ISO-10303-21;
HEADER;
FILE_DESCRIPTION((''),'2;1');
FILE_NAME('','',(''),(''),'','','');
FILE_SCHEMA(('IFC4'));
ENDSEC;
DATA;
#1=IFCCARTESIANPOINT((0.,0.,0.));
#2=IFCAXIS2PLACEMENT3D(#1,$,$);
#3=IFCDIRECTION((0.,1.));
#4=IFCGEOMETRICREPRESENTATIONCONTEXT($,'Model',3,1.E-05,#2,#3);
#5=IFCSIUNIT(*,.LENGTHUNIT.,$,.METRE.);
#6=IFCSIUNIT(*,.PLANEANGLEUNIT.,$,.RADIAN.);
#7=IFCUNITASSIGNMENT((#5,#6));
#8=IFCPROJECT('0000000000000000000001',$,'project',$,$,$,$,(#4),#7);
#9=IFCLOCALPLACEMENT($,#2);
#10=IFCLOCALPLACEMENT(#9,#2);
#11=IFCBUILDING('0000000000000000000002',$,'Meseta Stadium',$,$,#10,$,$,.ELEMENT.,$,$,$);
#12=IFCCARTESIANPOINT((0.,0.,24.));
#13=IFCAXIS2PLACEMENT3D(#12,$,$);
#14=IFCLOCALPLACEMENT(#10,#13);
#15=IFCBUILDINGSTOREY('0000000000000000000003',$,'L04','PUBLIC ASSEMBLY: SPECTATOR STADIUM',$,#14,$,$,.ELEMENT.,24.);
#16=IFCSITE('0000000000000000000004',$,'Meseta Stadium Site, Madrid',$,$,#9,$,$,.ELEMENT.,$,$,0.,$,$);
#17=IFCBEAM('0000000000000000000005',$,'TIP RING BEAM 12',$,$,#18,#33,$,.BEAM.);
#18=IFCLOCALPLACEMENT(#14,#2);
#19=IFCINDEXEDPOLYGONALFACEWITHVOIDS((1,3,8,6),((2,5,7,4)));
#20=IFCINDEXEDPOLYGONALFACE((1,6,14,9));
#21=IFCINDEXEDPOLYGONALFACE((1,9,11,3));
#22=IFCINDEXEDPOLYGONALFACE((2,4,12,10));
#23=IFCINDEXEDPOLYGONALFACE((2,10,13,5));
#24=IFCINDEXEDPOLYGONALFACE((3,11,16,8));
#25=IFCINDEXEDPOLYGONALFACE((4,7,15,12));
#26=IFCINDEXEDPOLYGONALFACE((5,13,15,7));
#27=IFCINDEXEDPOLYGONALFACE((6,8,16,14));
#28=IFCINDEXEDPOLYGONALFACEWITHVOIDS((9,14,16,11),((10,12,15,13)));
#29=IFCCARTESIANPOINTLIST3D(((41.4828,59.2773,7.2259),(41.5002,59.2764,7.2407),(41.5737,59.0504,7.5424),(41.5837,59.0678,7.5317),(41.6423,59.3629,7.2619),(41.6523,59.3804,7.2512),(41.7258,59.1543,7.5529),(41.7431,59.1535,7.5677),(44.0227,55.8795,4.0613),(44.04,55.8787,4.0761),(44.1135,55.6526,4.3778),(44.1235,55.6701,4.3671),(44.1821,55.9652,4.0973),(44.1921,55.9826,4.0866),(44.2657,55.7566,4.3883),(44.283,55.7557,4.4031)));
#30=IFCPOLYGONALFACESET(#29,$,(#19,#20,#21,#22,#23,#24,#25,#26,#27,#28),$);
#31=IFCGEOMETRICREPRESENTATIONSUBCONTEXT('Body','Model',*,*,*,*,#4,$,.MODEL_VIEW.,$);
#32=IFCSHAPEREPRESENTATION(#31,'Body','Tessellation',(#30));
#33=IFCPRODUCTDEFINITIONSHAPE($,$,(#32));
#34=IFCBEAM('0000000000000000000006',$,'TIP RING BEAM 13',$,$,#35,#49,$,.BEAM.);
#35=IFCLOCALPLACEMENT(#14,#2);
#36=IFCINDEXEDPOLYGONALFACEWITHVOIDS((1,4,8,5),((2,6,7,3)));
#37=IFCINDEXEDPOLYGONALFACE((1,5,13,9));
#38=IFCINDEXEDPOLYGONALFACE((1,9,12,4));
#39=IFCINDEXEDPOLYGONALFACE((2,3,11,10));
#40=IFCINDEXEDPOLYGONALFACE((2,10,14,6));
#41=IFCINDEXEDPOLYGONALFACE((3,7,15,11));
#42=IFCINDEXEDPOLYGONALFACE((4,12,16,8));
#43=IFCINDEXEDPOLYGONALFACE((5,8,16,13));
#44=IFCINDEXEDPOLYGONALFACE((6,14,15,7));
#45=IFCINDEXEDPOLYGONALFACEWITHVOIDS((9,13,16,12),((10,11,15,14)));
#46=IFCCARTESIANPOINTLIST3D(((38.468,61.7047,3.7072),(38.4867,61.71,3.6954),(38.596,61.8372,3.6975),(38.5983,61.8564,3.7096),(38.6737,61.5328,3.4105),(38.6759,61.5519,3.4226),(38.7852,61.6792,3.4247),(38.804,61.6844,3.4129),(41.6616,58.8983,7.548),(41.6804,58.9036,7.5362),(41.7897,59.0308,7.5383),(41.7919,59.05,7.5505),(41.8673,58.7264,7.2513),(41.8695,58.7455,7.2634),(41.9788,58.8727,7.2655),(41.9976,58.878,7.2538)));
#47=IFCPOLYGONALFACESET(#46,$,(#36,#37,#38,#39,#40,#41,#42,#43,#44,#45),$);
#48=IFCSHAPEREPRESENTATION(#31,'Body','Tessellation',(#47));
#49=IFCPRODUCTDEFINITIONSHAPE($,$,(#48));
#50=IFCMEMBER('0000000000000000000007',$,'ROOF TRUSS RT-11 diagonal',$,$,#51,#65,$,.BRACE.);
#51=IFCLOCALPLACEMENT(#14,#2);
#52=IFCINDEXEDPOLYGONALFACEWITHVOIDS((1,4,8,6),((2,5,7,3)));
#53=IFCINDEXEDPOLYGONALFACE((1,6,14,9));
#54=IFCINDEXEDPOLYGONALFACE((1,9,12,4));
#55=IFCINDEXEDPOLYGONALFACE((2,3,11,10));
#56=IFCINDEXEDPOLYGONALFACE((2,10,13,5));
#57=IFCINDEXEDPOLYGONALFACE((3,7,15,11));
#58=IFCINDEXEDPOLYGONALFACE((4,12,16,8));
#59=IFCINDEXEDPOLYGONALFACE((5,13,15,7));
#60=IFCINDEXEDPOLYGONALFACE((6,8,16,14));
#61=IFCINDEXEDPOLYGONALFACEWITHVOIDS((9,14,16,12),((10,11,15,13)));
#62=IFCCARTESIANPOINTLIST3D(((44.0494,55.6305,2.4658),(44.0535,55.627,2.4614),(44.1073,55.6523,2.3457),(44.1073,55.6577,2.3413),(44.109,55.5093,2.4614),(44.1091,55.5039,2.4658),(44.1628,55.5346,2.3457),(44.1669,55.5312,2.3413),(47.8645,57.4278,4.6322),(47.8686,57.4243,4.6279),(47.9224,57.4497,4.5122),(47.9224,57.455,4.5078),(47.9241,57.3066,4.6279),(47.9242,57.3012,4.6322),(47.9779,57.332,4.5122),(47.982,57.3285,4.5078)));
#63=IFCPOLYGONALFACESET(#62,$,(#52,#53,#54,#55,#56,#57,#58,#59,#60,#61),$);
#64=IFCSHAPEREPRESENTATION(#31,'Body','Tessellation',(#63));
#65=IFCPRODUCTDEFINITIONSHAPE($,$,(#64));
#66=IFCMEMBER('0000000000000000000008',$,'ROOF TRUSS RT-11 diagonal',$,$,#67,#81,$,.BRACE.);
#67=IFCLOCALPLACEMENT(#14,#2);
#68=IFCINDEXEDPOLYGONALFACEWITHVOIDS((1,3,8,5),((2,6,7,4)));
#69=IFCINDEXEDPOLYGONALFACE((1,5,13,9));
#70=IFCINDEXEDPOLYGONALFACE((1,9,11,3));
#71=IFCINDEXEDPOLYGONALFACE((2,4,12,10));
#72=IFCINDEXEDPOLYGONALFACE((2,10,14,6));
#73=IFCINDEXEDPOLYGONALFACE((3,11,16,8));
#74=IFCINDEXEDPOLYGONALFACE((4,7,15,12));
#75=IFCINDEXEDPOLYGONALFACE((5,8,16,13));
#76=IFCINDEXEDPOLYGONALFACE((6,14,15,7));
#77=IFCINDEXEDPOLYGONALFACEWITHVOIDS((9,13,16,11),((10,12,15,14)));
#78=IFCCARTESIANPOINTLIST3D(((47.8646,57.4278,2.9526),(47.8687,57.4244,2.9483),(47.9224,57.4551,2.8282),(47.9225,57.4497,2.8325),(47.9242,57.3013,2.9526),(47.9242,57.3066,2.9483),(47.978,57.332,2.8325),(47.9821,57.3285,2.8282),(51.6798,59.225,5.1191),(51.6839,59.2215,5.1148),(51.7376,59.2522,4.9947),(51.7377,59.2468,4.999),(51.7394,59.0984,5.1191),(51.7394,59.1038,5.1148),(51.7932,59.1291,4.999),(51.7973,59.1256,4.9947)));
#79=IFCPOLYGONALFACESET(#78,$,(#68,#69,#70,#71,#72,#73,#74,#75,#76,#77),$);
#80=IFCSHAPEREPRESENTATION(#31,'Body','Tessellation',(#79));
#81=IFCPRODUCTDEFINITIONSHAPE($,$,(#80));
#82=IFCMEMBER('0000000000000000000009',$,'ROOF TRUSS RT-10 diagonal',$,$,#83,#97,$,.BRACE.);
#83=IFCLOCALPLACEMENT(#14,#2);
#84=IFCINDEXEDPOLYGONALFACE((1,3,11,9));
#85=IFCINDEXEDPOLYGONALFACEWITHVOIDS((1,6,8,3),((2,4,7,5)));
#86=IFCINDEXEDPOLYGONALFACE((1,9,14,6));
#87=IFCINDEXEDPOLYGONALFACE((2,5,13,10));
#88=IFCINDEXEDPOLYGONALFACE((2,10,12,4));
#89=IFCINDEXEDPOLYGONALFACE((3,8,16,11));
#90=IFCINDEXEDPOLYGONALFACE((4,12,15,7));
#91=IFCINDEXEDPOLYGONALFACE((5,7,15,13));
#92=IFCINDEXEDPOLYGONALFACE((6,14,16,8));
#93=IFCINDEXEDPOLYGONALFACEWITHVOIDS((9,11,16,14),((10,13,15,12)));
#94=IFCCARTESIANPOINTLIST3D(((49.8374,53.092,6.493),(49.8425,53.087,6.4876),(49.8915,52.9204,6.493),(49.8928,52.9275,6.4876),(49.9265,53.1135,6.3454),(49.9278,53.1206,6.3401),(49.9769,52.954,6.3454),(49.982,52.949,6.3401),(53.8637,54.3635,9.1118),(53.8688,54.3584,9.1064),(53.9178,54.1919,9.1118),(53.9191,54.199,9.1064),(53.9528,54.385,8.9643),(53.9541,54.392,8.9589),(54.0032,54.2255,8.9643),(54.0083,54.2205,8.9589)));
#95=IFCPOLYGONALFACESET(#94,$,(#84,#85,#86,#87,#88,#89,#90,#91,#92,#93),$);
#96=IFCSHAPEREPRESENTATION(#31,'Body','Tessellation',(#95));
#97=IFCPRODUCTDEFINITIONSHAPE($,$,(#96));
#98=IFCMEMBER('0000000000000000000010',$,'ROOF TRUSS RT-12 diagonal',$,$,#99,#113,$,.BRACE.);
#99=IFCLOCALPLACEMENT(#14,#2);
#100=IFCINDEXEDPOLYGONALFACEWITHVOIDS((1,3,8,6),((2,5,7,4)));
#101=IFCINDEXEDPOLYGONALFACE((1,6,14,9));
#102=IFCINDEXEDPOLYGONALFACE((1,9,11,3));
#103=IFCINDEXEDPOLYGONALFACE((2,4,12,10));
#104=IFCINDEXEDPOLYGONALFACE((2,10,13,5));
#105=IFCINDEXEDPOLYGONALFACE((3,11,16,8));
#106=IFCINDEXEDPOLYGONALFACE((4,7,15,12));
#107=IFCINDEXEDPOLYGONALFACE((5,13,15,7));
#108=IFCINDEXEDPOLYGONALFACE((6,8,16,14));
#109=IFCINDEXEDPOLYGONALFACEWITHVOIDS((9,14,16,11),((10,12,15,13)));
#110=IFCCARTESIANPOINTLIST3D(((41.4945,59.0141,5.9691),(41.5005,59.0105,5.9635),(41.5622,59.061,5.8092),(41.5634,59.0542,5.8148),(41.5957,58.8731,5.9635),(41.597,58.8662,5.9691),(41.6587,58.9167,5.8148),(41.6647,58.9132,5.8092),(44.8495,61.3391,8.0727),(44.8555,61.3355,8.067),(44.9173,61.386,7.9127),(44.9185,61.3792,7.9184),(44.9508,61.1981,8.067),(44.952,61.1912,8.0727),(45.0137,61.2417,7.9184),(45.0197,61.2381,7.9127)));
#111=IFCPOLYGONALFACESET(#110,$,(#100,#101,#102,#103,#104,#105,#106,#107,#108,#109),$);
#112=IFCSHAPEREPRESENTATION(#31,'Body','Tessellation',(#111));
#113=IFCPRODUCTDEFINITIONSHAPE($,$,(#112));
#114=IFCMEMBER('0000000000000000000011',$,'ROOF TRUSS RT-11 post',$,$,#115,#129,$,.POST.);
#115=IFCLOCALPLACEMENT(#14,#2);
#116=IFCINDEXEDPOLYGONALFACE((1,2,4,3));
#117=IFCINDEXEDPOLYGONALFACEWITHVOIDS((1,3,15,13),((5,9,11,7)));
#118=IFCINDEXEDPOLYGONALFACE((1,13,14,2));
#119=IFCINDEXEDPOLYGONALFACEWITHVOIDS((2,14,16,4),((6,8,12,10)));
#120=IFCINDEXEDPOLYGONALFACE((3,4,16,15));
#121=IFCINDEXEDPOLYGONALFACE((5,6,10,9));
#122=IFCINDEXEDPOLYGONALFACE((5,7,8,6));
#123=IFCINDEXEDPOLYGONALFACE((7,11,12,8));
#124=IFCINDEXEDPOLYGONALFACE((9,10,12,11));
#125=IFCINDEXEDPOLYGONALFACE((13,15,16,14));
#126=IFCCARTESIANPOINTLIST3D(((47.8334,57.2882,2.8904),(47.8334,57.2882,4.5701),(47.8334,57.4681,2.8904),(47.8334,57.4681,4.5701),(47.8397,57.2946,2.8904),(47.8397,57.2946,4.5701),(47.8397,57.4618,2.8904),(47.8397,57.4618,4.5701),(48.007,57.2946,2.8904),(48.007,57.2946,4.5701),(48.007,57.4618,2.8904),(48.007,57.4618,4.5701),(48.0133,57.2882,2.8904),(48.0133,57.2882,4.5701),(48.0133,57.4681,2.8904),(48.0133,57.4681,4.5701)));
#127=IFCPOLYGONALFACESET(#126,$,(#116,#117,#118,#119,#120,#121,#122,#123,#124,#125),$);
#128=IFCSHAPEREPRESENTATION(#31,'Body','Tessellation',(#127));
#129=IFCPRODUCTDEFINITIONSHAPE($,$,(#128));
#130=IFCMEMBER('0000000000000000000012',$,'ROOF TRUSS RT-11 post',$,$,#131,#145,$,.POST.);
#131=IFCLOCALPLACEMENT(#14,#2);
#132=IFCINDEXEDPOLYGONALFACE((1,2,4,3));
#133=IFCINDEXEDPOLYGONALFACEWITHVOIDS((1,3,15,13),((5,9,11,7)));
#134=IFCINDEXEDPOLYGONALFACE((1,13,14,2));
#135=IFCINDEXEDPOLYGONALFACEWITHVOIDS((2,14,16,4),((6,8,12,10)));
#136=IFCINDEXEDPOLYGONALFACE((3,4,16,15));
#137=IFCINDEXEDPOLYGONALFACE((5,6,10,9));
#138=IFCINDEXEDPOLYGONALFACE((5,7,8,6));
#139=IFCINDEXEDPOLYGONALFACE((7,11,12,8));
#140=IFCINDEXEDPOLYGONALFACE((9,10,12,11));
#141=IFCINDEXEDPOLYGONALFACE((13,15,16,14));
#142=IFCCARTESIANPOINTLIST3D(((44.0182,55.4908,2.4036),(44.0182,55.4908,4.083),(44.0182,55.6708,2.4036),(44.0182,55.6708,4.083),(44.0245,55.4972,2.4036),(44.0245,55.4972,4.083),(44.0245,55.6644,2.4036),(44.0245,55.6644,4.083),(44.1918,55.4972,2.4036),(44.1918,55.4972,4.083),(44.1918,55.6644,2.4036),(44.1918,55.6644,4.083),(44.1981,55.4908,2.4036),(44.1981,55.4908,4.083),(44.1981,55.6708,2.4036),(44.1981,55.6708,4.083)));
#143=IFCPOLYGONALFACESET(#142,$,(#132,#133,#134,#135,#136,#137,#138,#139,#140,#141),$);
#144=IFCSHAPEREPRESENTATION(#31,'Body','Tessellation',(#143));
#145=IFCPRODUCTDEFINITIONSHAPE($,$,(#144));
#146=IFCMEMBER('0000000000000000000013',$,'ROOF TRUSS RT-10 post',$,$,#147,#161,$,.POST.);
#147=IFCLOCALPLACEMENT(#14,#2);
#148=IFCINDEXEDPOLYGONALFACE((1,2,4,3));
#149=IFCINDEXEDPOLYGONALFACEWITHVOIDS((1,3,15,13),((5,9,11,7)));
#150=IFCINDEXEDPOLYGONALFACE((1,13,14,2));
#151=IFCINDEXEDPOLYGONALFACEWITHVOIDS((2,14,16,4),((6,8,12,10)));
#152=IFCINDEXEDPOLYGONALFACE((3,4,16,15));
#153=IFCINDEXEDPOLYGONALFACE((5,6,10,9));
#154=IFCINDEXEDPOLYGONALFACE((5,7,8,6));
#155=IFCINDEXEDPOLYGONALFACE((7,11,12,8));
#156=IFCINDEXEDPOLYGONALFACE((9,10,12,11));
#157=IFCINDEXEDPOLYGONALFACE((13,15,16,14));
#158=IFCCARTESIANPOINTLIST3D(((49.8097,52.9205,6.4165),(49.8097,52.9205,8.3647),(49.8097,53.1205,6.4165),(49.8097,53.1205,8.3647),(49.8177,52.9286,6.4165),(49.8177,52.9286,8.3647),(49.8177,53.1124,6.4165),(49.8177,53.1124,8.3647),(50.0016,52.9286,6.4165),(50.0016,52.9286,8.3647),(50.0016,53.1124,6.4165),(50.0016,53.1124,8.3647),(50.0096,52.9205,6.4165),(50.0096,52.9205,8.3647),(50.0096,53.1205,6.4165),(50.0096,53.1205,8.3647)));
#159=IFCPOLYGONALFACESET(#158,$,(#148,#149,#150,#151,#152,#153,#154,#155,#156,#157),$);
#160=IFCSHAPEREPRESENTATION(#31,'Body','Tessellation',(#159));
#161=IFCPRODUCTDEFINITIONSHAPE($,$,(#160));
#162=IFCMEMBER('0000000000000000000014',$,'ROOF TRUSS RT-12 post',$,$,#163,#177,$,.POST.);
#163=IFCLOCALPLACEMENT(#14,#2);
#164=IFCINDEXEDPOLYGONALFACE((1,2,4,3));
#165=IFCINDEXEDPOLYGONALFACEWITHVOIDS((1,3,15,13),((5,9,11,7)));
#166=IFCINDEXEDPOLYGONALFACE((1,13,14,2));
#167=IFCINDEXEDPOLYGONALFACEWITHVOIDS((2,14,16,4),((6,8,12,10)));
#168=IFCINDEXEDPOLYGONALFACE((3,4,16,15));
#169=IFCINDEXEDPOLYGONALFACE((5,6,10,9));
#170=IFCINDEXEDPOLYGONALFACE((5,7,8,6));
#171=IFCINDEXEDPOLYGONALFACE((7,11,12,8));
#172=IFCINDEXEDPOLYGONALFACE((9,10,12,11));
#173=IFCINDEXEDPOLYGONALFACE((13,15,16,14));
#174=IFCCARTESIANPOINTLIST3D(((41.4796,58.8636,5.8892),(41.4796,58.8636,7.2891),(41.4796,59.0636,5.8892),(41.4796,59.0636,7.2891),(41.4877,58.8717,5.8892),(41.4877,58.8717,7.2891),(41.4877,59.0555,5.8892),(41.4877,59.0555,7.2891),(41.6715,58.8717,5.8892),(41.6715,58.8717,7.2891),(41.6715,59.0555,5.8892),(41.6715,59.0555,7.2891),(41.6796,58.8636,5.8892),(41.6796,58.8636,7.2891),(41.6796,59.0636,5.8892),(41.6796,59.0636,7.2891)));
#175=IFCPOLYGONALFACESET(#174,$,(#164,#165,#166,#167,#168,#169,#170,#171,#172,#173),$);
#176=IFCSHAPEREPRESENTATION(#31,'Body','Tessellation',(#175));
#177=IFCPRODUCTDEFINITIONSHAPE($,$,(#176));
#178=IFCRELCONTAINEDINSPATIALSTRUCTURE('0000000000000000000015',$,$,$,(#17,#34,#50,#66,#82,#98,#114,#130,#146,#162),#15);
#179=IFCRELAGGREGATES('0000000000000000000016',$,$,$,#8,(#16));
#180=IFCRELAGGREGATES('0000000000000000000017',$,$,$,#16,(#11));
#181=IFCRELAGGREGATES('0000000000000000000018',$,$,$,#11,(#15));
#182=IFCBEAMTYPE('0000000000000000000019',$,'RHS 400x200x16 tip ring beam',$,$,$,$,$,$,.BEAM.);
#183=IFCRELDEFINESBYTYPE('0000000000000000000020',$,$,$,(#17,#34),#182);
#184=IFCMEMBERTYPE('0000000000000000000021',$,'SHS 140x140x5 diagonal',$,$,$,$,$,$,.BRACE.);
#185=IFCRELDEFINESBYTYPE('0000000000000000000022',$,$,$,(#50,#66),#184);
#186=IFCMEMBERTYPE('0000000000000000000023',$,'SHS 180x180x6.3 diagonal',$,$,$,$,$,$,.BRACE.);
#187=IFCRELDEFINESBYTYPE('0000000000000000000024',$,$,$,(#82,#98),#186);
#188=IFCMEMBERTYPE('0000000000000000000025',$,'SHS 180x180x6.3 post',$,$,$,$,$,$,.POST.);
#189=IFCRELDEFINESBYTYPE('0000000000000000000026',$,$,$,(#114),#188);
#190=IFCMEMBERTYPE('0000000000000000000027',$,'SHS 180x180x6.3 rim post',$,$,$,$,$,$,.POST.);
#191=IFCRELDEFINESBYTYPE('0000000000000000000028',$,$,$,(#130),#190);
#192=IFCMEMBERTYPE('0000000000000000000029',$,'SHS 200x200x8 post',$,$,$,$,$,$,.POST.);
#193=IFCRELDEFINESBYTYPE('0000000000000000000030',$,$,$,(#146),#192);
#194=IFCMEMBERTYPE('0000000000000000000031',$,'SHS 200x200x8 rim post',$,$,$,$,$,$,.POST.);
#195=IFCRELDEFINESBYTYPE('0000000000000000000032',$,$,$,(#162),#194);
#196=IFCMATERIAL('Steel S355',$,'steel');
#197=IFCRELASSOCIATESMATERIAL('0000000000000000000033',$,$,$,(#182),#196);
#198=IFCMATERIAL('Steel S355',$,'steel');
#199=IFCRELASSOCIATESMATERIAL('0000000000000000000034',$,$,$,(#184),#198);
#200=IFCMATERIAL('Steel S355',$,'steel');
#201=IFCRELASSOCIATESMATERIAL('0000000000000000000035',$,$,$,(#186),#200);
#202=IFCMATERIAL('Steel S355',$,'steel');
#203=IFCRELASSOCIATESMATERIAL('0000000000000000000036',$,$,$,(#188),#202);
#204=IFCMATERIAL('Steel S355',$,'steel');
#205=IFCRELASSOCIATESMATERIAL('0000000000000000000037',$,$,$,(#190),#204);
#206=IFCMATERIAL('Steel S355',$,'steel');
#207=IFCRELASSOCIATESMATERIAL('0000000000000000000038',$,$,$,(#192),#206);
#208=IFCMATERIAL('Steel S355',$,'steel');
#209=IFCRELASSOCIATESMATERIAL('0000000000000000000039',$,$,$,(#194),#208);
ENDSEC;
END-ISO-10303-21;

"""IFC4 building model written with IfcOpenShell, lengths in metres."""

from ifc_helpers import new_model, si_unit, direction, frame, origin, origin_2d, place, context, subcontext, project, spatial, hollow_rectangle, extrude, material, material_profile, profile_set, type_object, element, save


model = new_model("IFC4")

# Units and contexts
model_context = context("Model", 3, precision=1e-05, world=origin(), true_north=direction((0.0, 1.0)))
body_context = subcontext(model_context, "Body", "Model", "MODEL_VIEW")
ifc_project = project(units=[si_unit("LENGTHUNIT", "METRE"), si_unit("PLANEANGLEUNIT", "RADIAN")], contexts=[model_context])

# Site, building, storey
site_placement = place(None, origin())
site = spatial("IfcSite", under=ifc_project, at=site_placement, Name="Meseta Stadium Site, Madrid", CompositionType="ELEMENT", RefElevation=0.0)
building_placement = place(site_placement, origin())
building = spatial("IfcBuilding", under=site, at=building_placement, Name="Meseta Stadium", CompositionType="ELEMENT")
storey_placement = place(building_placement, frame((0.0, 0.0, 24.0)))
storey = spatial("IfcBuildingStorey", under=building, at=storey_placement, Name="L04", Description="PUBLIC ASSEMBLY: SPECTATOR STADIUM", CompositionType="ELEMENT", Elevation=24.0)

# Beams
ifc_material_1 = material(Name="Steel S355", Category="steel")
ifc_material_profile_1 = material_profile(ifc_material_1, hollow_rectangle(XDim=0.2, YDim=0.3999, WallThickness=0.0161, at=origin_2d()), Name="RHS 400x200x16")
ifc_profile_set_1 = profile_set([ifc_material_profile_1], Name="Steel S355")
beam_type = type_object("IfcBeamType", Name="RHS 400x200x16 tip ring beam", PredefinedType="BEAM", material=ifc_profile_set_1)
beam_1_placement = place(storey_placement, frame((44.1528, 55.8176, 4.2322), z_axis=(-0.479896, 0.641999, 0.597944), x_axis=(-0.847397, -0.515691, -0.126415)))
element("IfcBeam", 1, at=beam_1_placement, inside=storey, type_object=beam_type, Name="TIP RING BEAM 12", PredefinedType="BEAM", context=body_context, shape_type="SweptSolid", body=[
    extrude(hollow_rectangle(XDim=0.2, YDim=0.3999, WallThickness=0.0161, at=origin_2d()), origin(), (0.0, 0.0, 1.0), 5.2925),
])
beam_2_placement = place(storey_placement, frame((41.8296, 58.8882, 7.4009), z_axis=(-0.557399, 0.489818, -0.670362), x_axis=(-0.651639, -0.758429, -0.012335)))
element("IfcBeam", 2, at=beam_2_placement, inside=storey, type_object=beam_type, Name="TIP RING BEAM 13", PredefinedType="BEAM", context=body_context, shape_type="SweptSolid", body=[
    extrude(hollow_rectangle(XDim=0.2, YDim=0.3999, WallThickness=0.0161, at=origin_2d()), origin(), (0.0, 0.0, 1.0), 5.7295),
])

# Members
ifc_material_2 = material(Name="Steel S355", Category="steel")
ifc_material_profile_2 = material_profile(ifc_material_2, hollow_rectangle(XDim=0.1399, YDim=0.1399, WallThickness=0.0049, at=origin_2d()), Name="SHS 140x140x5")
ifc_profile_set_2 = profile_set([ifc_material_profile_2], Name="Steel S355")
member_type_1 = type_object("IfcMemberType", Name="SHS 140x140x5 diagonal", PredefinedType="BRACE", material=ifc_profile_set_2)
for number, where, z_axis, x_axis, name in (
    (3, (44.1082, 55.5808, 2.4036), (0.804671, 0.379087, 0.456943), (-0.426182, 0.904638, 0.0), "ROOF TRUSS RT-11 diagonal"),
    (4, (47.9233, 57.3782, 2.8904), (0.804687, 0.379043, 0.456952), (-0.426134, 0.90466, 0.0), "ROOF TRUSS RT-11 diagonal"),
):
    element("IfcMember", number, at=place(storey_placement, frame(where, z_axis=z_axis, x_axis=x_axis)), inside=storey, type_object=member_type_1, Name=name, PredefinedType="BRACE", context=body_context, shape_type="SweptSolid", body=[
        extrude(hollow_rectangle(XDim=0.1399, YDim=0.1399, WallThickness=0.0049, at=origin_2d()), origin(), (0.0, 0.0, 1.0), 4.7412),
    ])
ifc_material_3 = material(Name="Steel S355", Category="steel")
ifc_material_profile_3 = material_profile(ifc_material_3, hollow_rectangle(XDim=0.1799, YDim=0.1799, WallThickness=0.0063, at=origin_2d()), Name="SHS 180x180x6.3")
ifc_profile_set_3 = profile_set([ifc_material_profile_3], Name="Steel S355")
member_type_2 = type_object("IfcMemberType", Name="SHS 180x180x6.3 diagonal", PredefinedType="BRACE", material=ifc_profile_set_3)
member_1_placement = place(storey_placement, frame((49.9097, 53.0205, 6.4165), z_axis=(0.810364, 0.255904, 0.52709), x_axis=(-0.301131, 0.953583, 0.0)))
element("IfcMember", 5, at=member_1_placement, inside=storey, type_object=member_type_2, Name="ROOF TRUSS RT-10 diagonal", PredefinedType="BRACE", context=body_context, shape_type="SweptSolid", body=[
    extrude(hollow_rectangle(XDim=0.1799, YDim=0.1799, WallThickness=0.0063, at=origin_2d()), origin(), (0.0, 0.0, 1.0), 4.9685),
])
member_2_placement = place(storey_placement, frame((41.5796, 58.9636, 5.8892), z_axis=(0.730621, 0.506309, 0.458087), x_axis=(-0.569586, 0.821932, 0.0)))
element("IfcMember", 6, at=member_2_placement, inside=storey, type_object=member_type_2, Name="ROOF TRUSS RT-12 diagonal", PredefinedType="BRACE", context=body_context, shape_type="SweptSolid", body=[
    extrude(hollow_rectangle(XDim=0.1799, YDim=0.1799, WallThickness=0.0063, at=origin_2d()), origin(), (0.0, 0.0, 1.0), 4.592),
])
ifc_material_4 = material(Name="Steel S355", Category="steel")
ifc_material_profile_4 = material_profile(ifc_material_4, hollow_rectangle(XDim=0.1799, YDim=0.1799, WallThickness=0.0063, at=origin_2d()), Name="SHS 180x180x6.3")
ifc_profile_set_4 = profile_set([ifc_material_profile_4], Name="Steel S355")
member_type_3 = type_object("IfcMemberType", Name="SHS 180x180x6.3 post", PredefinedType="POST", material=ifc_profile_set_4)
member_3_placement = place(storey_placement, frame((47.9233, 57.3782, 2.8904), z_axis=(0.0, 0.0, 1.0), x_axis=(1.0, 0.0, 0.0)))
element("IfcMember", 7, at=member_3_placement, inside=storey, type_object=member_type_3, Name="ROOF TRUSS RT-11 post", PredefinedType="POST", context=body_context, shape_type="SweptSolid", body=[
    extrude(hollow_rectangle(XDim=0.1799, YDim=0.1799, WallThickness=0.0063, at=origin_2d()), origin(), (0.0, 0.0, 1.0), 1.6797),
])
ifc_material_5 = material(Name="Steel S355", Category="steel")
ifc_material_profile_5 = material_profile(ifc_material_5, hollow_rectangle(XDim=0.1799, YDim=0.1799, WallThickness=0.0063, at=origin_2d()), Name="SHS 180x180x6.3")
ifc_profile_set_5 = profile_set([ifc_material_profile_5], Name="Steel S355")
member_type_4 = type_object("IfcMemberType", Name="SHS 180x180x6.3 rim post", PredefinedType="POST", material=ifc_profile_set_5)
member_4_placement = place(storey_placement, frame((44.1082, 55.5808, 2.4036), z_axis=(0.0, 0.0, 1.0), x_axis=(1.0, 0.0, 0.0)))
element("IfcMember", 8, at=member_4_placement, inside=storey, type_object=member_type_4, Name="ROOF TRUSS RT-11 post", PredefinedType="POST", context=body_context, shape_type="SweptSolid", body=[
    extrude(hollow_rectangle(XDim=0.1799, YDim=0.1799, WallThickness=0.0063, at=origin_2d()), origin(), (0.0, 0.0, 1.0), 1.6794),
])
ifc_material_6 = material(Name="Steel S355", Category="steel")
ifc_material_profile_6 = material_profile(ifc_material_6, hollow_rectangle(XDim=0.2, YDim=0.2, WallThickness=0.0081, at=origin_2d()), Name="SHS 200x200x8")
ifc_profile_set_6 = profile_set([ifc_material_profile_6], Name="Steel S355")
member_type_5 = type_object("IfcMemberType", Name="SHS 200x200x8 post", PredefinedType="POST", material=ifc_profile_set_6)
member_5_placement = place(storey_placement, frame((49.9097, 53.0205, 6.4165), z_axis=(0.0, 0.0, 1.0), x_axis=(1.0, 0.0, 0.0)))
element("IfcMember", 9, at=member_5_placement, inside=storey, type_object=member_type_5, Name="ROOF TRUSS RT-10 post", PredefinedType="POST", context=body_context, shape_type="SweptSolid", body=[
    extrude(hollow_rectangle(XDim=0.2, YDim=0.2, WallThickness=0.0081, at=origin_2d()), origin(), (0.0, 0.0, 1.0), 1.9482),
])
ifc_material_7 = material(Name="Steel S355", Category="steel")
ifc_material_profile_7 = material_profile(ifc_material_7, hollow_rectangle(XDim=0.2, YDim=0.2, WallThickness=0.0081, at=origin_2d()), Name="SHS 200x200x8")
ifc_profile_set_7 = profile_set([ifc_material_profile_7], Name="Steel S355")
member_type_6 = type_object("IfcMemberType", Name="SHS 200x200x8 rim post", PredefinedType="POST", material=ifc_profile_set_7)
member_6_placement = place(storey_placement, frame((41.5796, 58.9636, 5.8892), z_axis=(0.0, 0.0, 1.0), x_axis=(1.0, 0.0, 0.0)))
element("IfcMember", 10, at=member_6_placement, inside=storey, type_object=member_type_6, Name="ROOF TRUSS RT-12 post", PredefinedType="POST", context=body_context, shape_type="SweptSolid", body=[
    extrude(hollow_rectangle(XDim=0.2, YDim=0.2, WallThickness=0.0081, at=origin_2d()), origin(), (0.0, 0.0, 1.0), 1.3999),
])

save(model, "model.ifc")
